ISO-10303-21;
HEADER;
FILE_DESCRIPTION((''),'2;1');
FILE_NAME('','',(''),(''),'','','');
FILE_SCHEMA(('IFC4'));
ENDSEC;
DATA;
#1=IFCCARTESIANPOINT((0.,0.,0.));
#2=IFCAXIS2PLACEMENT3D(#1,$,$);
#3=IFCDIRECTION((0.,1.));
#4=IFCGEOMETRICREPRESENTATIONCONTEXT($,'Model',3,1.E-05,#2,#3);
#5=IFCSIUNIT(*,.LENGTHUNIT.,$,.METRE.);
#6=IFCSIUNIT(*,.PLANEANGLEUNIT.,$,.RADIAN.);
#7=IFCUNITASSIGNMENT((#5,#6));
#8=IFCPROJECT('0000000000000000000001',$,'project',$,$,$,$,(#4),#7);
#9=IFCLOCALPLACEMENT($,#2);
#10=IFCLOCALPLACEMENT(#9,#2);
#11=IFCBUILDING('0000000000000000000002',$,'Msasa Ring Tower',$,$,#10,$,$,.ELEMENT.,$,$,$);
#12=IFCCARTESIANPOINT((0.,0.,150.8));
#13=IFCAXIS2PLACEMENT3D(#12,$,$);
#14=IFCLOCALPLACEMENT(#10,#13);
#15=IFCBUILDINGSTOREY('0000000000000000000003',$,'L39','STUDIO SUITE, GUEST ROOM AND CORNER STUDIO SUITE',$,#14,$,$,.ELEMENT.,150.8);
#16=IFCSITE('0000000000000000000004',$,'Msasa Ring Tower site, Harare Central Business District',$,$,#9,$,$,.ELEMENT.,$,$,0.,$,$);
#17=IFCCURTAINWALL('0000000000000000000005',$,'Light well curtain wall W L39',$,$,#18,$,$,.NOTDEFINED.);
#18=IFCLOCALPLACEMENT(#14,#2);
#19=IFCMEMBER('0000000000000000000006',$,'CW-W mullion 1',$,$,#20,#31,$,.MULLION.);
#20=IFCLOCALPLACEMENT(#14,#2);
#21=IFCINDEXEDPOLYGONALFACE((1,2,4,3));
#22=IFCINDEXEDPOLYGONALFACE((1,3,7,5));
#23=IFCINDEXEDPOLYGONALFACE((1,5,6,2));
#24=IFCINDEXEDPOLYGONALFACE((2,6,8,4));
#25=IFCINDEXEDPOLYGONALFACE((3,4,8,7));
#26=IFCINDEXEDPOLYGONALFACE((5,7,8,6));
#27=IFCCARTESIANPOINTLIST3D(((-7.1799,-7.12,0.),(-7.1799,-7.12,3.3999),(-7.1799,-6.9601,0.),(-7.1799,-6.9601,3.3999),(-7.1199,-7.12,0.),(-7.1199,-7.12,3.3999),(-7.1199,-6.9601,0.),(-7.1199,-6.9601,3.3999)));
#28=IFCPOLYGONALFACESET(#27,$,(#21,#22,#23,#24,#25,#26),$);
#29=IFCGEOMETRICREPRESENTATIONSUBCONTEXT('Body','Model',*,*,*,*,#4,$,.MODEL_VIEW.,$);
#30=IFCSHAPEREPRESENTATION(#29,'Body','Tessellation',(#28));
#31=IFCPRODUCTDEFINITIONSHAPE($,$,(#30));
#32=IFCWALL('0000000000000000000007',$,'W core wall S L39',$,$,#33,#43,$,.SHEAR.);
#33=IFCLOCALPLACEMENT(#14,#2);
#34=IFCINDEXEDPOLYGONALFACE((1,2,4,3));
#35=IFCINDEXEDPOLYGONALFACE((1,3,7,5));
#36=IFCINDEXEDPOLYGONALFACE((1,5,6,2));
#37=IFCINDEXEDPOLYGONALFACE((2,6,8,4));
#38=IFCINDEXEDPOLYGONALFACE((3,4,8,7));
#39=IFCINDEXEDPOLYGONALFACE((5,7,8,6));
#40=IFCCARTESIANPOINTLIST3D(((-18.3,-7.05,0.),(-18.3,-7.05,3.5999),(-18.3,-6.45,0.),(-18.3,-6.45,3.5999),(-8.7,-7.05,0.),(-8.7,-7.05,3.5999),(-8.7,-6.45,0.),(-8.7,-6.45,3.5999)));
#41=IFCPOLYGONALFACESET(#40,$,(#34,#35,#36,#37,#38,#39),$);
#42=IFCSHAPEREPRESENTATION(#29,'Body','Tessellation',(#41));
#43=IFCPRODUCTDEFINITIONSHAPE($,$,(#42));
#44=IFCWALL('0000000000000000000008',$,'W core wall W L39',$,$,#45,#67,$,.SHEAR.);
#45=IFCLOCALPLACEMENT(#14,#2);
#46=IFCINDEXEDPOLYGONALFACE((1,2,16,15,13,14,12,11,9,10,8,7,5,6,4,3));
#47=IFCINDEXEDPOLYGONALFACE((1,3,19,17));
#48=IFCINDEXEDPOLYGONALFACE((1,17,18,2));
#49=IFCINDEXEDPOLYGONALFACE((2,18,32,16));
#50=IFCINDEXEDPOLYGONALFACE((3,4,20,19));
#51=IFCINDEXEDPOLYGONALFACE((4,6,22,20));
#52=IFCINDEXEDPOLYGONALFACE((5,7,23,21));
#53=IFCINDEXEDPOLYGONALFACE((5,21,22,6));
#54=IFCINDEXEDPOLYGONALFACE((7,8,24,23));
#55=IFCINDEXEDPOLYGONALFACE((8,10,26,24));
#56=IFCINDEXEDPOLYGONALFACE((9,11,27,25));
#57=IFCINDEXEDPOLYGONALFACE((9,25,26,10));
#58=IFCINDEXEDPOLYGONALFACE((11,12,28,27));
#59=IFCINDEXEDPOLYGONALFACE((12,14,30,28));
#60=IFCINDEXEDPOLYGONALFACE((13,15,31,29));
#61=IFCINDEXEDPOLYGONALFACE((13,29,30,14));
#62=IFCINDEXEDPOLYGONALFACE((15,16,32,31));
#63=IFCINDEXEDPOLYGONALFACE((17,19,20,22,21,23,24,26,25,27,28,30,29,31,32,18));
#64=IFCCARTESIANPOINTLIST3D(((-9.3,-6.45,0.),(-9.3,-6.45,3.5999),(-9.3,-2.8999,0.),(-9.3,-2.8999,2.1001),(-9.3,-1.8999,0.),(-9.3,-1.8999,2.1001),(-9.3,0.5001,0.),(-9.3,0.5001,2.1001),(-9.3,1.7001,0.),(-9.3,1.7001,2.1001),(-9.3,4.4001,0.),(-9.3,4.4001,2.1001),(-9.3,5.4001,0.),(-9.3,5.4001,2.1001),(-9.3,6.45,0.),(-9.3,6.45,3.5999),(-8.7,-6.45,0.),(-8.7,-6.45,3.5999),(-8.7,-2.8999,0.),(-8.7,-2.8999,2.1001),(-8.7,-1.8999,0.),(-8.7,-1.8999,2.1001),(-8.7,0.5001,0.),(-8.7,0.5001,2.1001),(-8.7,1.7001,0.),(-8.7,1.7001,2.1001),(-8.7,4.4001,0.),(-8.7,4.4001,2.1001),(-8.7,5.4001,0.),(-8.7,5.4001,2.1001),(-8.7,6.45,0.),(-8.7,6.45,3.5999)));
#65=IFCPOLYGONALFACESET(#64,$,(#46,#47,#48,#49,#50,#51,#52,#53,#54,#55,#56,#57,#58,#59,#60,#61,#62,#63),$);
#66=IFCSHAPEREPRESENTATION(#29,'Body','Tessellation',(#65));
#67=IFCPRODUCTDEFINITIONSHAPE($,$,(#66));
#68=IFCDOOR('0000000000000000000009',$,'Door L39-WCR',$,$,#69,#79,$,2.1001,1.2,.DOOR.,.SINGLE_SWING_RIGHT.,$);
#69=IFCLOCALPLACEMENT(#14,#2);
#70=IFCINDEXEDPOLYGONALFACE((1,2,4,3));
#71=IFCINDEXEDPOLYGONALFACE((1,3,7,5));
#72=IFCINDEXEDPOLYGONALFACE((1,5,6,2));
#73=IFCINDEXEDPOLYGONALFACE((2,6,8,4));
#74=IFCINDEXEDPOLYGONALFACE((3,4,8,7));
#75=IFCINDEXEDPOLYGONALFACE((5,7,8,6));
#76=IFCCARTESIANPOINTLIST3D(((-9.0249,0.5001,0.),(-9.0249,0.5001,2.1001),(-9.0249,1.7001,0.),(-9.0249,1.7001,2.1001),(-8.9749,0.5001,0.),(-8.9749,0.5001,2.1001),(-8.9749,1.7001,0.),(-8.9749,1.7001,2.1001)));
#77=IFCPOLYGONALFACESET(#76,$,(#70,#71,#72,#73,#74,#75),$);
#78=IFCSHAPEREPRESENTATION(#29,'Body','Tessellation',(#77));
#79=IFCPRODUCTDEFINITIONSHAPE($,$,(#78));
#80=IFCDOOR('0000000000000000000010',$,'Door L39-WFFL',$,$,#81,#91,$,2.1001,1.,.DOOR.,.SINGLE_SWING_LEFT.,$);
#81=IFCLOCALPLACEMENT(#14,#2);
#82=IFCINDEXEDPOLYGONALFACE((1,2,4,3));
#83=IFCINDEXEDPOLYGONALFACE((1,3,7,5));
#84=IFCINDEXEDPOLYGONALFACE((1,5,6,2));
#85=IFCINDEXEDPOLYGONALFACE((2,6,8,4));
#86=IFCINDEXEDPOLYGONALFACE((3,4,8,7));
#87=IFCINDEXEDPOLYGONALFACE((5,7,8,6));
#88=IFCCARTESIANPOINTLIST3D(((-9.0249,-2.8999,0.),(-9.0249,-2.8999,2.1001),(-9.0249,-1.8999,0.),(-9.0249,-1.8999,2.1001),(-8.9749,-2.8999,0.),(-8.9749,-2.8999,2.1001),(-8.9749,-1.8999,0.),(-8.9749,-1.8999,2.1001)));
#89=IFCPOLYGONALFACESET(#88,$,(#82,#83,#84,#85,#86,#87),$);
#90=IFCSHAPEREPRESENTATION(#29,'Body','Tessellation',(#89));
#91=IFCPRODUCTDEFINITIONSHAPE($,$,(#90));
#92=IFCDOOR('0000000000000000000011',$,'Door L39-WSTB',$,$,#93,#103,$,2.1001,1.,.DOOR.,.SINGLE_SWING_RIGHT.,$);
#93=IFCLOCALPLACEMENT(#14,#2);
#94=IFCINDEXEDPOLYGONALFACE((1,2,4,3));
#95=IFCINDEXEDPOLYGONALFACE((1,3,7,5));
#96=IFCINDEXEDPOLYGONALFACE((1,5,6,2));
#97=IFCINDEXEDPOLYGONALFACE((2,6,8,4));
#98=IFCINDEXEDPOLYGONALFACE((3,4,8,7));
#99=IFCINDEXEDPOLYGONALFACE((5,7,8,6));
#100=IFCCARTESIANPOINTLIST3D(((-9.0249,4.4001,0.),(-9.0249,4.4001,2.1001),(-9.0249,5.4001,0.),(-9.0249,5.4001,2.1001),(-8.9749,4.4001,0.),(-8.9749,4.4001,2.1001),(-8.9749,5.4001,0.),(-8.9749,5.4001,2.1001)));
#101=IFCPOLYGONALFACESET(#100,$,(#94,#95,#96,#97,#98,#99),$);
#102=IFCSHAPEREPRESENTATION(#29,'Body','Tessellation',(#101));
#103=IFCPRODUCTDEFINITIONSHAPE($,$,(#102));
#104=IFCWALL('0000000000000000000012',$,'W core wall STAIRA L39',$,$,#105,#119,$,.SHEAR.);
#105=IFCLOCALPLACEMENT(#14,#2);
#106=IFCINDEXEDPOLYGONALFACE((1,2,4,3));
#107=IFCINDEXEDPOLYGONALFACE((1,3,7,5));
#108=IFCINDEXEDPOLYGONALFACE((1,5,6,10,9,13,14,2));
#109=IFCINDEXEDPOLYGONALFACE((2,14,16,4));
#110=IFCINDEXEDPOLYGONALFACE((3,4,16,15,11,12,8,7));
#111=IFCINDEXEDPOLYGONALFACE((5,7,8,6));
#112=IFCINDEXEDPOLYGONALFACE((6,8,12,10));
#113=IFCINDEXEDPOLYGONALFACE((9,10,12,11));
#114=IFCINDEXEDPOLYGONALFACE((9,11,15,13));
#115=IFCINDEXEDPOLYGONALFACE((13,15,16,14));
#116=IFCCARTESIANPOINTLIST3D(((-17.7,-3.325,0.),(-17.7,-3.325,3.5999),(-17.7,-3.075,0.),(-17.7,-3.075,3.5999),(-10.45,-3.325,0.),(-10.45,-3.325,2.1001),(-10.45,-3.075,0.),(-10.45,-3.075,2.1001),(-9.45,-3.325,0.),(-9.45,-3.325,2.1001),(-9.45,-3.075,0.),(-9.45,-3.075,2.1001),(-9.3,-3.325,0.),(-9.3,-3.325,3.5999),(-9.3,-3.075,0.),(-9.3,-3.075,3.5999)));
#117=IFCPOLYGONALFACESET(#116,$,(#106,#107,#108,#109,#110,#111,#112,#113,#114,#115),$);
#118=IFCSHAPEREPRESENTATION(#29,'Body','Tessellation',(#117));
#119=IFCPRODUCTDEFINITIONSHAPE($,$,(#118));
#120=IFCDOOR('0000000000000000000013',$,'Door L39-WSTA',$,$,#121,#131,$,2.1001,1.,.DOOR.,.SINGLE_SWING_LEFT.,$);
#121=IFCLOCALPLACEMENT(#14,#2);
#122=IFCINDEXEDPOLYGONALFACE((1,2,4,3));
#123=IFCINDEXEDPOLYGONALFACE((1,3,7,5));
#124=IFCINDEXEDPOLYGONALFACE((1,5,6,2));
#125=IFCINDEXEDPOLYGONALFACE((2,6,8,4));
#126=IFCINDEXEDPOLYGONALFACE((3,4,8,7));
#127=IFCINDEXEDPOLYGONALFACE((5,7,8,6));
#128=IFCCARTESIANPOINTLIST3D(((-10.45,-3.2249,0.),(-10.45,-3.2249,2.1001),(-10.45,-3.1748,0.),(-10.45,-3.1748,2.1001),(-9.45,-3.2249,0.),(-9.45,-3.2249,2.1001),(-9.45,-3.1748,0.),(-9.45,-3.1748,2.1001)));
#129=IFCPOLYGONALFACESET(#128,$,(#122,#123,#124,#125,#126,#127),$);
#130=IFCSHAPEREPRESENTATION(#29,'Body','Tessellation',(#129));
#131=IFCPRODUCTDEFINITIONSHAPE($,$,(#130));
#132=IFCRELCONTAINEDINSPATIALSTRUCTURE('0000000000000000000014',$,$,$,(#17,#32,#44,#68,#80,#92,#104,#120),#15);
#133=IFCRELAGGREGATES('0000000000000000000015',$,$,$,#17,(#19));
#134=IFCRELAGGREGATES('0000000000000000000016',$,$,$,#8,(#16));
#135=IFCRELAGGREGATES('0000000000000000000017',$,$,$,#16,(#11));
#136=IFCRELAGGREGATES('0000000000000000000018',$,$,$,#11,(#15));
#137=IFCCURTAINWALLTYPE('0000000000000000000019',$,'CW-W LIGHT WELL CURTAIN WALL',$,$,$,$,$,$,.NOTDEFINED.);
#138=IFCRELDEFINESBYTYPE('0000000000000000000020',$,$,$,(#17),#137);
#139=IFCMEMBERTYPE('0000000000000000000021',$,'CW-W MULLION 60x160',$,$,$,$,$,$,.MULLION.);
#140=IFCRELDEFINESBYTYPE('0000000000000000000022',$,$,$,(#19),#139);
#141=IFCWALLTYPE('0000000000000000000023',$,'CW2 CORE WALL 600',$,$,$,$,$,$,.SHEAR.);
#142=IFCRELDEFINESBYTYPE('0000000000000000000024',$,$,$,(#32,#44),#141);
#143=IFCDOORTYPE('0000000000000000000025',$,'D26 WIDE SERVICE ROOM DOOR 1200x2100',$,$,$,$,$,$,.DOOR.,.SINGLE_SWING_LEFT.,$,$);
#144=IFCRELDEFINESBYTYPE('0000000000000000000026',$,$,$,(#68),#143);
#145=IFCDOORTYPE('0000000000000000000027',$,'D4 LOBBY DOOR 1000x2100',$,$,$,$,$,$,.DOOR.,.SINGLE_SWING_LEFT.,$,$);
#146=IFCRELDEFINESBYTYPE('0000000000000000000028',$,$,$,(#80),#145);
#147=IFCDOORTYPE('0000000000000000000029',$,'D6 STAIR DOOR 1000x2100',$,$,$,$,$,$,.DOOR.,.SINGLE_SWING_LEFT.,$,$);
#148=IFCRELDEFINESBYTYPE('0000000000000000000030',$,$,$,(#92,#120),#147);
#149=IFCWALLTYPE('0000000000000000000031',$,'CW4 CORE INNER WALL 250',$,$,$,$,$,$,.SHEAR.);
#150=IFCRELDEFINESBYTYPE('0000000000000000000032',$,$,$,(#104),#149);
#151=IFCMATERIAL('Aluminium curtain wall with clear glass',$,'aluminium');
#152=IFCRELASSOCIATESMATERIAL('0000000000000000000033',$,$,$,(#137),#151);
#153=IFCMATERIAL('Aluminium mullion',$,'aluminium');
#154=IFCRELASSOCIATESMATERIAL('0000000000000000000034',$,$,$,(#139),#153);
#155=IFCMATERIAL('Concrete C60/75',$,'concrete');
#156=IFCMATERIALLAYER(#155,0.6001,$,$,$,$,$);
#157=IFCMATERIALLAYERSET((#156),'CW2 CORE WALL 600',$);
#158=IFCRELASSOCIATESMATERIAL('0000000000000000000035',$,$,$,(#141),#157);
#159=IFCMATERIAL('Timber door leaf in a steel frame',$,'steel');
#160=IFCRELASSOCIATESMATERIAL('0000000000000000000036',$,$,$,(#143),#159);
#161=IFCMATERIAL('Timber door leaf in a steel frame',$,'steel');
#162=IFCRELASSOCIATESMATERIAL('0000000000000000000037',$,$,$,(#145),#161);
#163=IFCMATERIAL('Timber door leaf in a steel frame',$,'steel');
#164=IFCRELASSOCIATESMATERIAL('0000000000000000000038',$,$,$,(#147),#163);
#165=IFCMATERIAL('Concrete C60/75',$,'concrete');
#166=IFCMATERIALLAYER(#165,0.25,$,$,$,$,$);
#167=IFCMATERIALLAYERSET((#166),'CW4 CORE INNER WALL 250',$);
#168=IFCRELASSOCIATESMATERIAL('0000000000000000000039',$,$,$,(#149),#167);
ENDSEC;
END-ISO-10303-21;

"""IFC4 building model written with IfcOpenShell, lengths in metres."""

from ifc_helpers import new_model, si_unit, direction, frame, frame_2d, origin, origin_2d, place, context, subcontext, project, spatial, rectangle, extrude, material, layer, layer_set, material_profile, profile_set, type_object, element, fill, aggregate, save


model = new_model("IFC4")

# Units and contexts
model_context = context("Model", 3, precision=1e-05, world=origin(), true_north=direction((0.0, 1.0)))
body_context = subcontext(model_context, "Body", "Model", "MODEL_VIEW")
ifc_project = project(units=[si_unit("LENGTHUNIT", "METRE"), si_unit("PLANEANGLEUNIT", "RADIAN")], contexts=[model_context])

# Site, building, storey
site_placement = place(None, origin())
site = spatial("IfcSite", under=ifc_project, at=site_placement, Name="Msasa Ring Tower site, Harare Central Business District", CompositionType="ELEMENT", RefElevation=0.0)
building_placement = place(site_placement, origin())
building = spatial("IfcBuilding", under=site, at=building_placement, Name="Msasa Ring Tower", CompositionType="ELEMENT")
storey_placement = place(building_placement, frame((0.0, 0.0, 150.8)))
storey = spatial("IfcBuildingStorey", under=building, at=storey_placement, Name="L39", Description="STUDIO SUITE, GUEST ROOM AND CORNER STUDIO SUITE", CompositionType="ELEMENT", Elevation=150.8)

# Curtain wall, member
ifc_material_1 = material(Name="Aluminium curtain wall with clear glass", Category="aluminium")
curtain_wall_type = type_object("IfcCurtainWallType", Name="CW-W LIGHT WELL CURTAIN WALL", PredefinedType="NOTDEFINED", material=ifc_material_1)
curtain_wall_placement = place(storey_placement, origin())
curtain_wall = element("IfcCurtainWall", 1, at=curtain_wall_placement, inside=storey, type_object=curtain_wall_type, Name="Light well curtain wall W L39", PredefinedType="NOTDEFINED")
ifc_material_2 = material(Name="Aluminium mullion", Category="aluminium")
ifc_material_profile = material_profile(ifc_material_2, rectangle(XDim=0.0601, YDim=0.1599, at=origin_2d()), Name="AL 60x160")
ifc_profile_set = profile_set([ifc_material_profile], Name="Aluminium mullion")
member_type = type_object("IfcMemberType", Name="CW-W MULLION 60x160", PredefinedType="MULLION", material=ifc_profile_set)
member_placement = place(storey_placement, frame((-7.1499, -7.04, 0.0), z_axis=(0.0, 0.0, 1.0), x_axis=(-1.0, 0.0, 0.0)))
member = element("IfcMember", 2, at=member_placement, type_object=member_type, Name="CW-W mullion 1", PredefinedType="MULLION", context=body_context, shape_type="SweptSolid", body=[
    extrude(rectangle(XDim=0.0601, YDim=0.1599, at=origin_2d()), origin(), (0.0, 0.0, 1.0), 3.3999),
])
aggregate(curtain_wall, [member])

# Wall
ifc_material_3 = material(Name="Concrete C60/75", Category="concrete")
ifc_layer_1 = layer(ifc_material_3, 0.6001)
ifc_layer_set_1 = layer_set([ifc_layer_1], Name="CW2 CORE WALL 600")
wall_type_1 = type_object("IfcWallType", Name="CW2 CORE WALL 600", PredefinedType="SHEAR", material=ifc_layer_set_1)
wall_1_placement = place(storey_placement, frame((-8.7, -6.75, 0.0), z_axis=(0.0, 0.0, 1.0), x_axis=(-1.0, 0.0, 0.0)))
element("IfcWall", 3, at=wall_1_placement, inside=storey, type_object=wall_type_1, Name="W core wall S L39", PredefinedType="SHEAR", context=body_context, shape_type="SweptSolid", body=[
    extrude(rectangle(XDim=9.6001, YDim=0.6001, at=frame_2d((4.8, 0.0))), origin(), (0.0, 0.0, 1.0), 3.5999),
])

# Wall, openings, doors
wall_2_placement = place(storey_placement, frame((-9.0, -6.45, 0.0), z_axis=(0.0, 0.0, 1.0), x_axis=(0.0, 1.0, 0.0)))
wall_2 = element("IfcWall", 4, at=wall_2_placement, inside=storey, type_object=wall_type_1, Name="W core wall W L39", PredefinedType="SHEAR", context=body_context, shape_type="SweptSolid", body=[
    extrude(rectangle(XDim=12.8999, YDim=0.6001, at=frame_2d((6.45, 0.0))), origin(), (0.0, 0.0, 1.0), 3.5999),
])
opening_1_placement = place(wall_2_placement, frame((3.55, 0.0, 0.0)))
opening_1 = element("IfcOpeningElement", 5, at=opening_1_placement, cuts=wall_2, PredefinedType="OPENING", context=body_context, shape_type="SweptSolid", body=[
    extrude(rectangle(XDim=1.0, YDim=2.1001, at=frame_2d((0.5, 1.05))), frame((0.0, 0.3101, 0.0), z_axis=(0.0, -1.0, 0.0), x_axis=(1.0, 0.0, 0.0)), (0.0, 0.0, 1.0), 0.6201),
])
opening_2_placement = place(wall_2_placement, frame((6.95, 0.0, 0.0)))
opening_2 = element("IfcOpeningElement", 6, at=opening_2_placement, cuts=wall_2, PredefinedType="OPENING", context=body_context, shape_type="SweptSolid", body=[
    extrude(rectangle(XDim=1.2, YDim=2.1001, at=frame_2d((0.6001, 1.05))), frame((0.0, 0.3101, 0.0), z_axis=(0.0, -1.0, 0.0), x_axis=(1.0, 0.0, 0.0)), (0.0, 0.0, 1.0), 0.6201),
])
opening_3_placement = place(wall_2_placement, frame((10.8501, 0.0, 0.0)))
opening_3 = element("IfcOpeningElement", 7, at=opening_3_placement, cuts=wall_2, PredefinedType="OPENING", context=body_context, shape_type="SweptSolid", body=[
    extrude(rectangle(XDim=1.0, YDim=2.1001, at=frame_2d((0.5, 1.05))), frame((0.0, 0.3101, 0.0), z_axis=(0.0, -1.0, 0.0), x_axis=(1.0, 0.0, 0.0)), (0.0, 0.0, 1.0), 0.6201),
])
ifc_material_4 = material(Name="Timber door leaf in a steel frame", Category="steel")
door_type_1 = type_object("IfcDoorType", Name="D26 WIDE SERVICE ROOM DOOR 1200x2100", OperationType="SINGLE_SWING_LEFT", PredefinedType="DOOR", material=ifc_material_4)
door_1_placement = place(opening_2_placement, origin())
door_1 = element("IfcDoor", 8, at=door_1_placement, inside=storey, type_object=door_type_1, Name="Door L39-WCR", OperationType="SINGLE_SWING_RIGHT", OverallHeight=2.1001, OverallWidth=1.2, PredefinedType="DOOR", context=body_context, shape_type="SweptSolid", body=[
    extrude(rectangle(XDim=1.2, YDim=2.1001, at=frame_2d((0.6001, 1.05))), frame((0.0, 0.0249, 0.0), z_axis=(0.0, -1.0, 0.0), x_axis=(1.0, 0.0, 0.0)), (0.0, 0.0, 1.0), 0.05),
])
fill(opening_2, door_1)
ifc_material_5 = material(Name="Timber door leaf in a steel frame", Category="steel")
door_type_2 = type_object("IfcDoorType", Name="D4 LOBBY DOOR 1000x2100", OperationType="SINGLE_SWING_LEFT", PredefinedType="DOOR", material=ifc_material_5)
door_2_placement = place(opening_1_placement, origin())
door_2 = element("IfcDoor", 9, at=door_2_placement, inside=storey, type_object=door_type_2, Name="Door L39-WFFL", OperationType="SINGLE_SWING_LEFT", OverallHeight=2.1001, OverallWidth=1.0, PredefinedType="DOOR", context=body_context, shape_type="SweptSolid", body=[
    extrude(rectangle(XDim=1.0, YDim=2.1001, at=frame_2d((0.5, 1.05))), frame((0.0, 0.0249, 0.0), z_axis=(0.0, -1.0, 0.0), x_axis=(1.0, 0.0, 0.0)), (0.0, 0.0, 1.0), 0.05),
])
fill(opening_1, door_2)
ifc_material_6 = material(Name="Timber door leaf in a steel frame", Category="steel")
door_type_3 = type_object("IfcDoorType", Name="D6 STAIR DOOR 1000x2100", OperationType="SINGLE_SWING_LEFT", PredefinedType="DOOR", material=ifc_material_6)
door_3_placement = place(opening_3_placement, origin())
door_3 = element("IfcDoor", 10, at=door_3_placement, inside=storey, type_object=door_type_3, Name="Door L39-WSTB", OperationType="SINGLE_SWING_RIGHT", OverallHeight=2.1001, OverallWidth=1.0, PredefinedType="DOOR", context=body_context, shape_type="SweptSolid", body=[
    extrude(rectangle(XDim=1.0, YDim=2.1001, at=frame_2d((0.5, 1.05))), frame((0.0, 0.0249, 0.0), z_axis=(0.0, -1.0, 0.0), x_axis=(1.0, 0.0, 0.0)), (0.0, 0.0, 1.0), 0.05),
])
fill(opening_3, door_3)

# Wall, opening, door
ifc_material_7 = material(Name="Concrete C60/75", Category="concrete")
ifc_layer_2 = layer(ifc_material_7, 0.25)
ifc_layer_set_2 = layer_set([ifc_layer_2], Name="CW4 CORE INNER WALL 250")
wall_type_2 = type_object("IfcWallType", Name="CW4 CORE INNER WALL 250", PredefinedType="SHEAR", material=ifc_layer_set_2)
wall_3_placement = place(storey_placement, frame((-9.3, -3.2, 0.0), z_axis=(0.0, 0.0, 1.0), x_axis=(-1.0, 0.0, 0.0)))
wall_3 = element("IfcWall", 11, at=wall_3_placement, inside=storey, type_object=wall_type_2, Name="W core wall STAIRA L39", PredefinedType="SHEAR", context=body_context, shape_type="SweptSolid", body=[
    extrude(rectangle(XDim=8.3999, YDim=0.25, at=frame_2d((4.2, 0.0))), origin(), (0.0, 0.0, 1.0), 3.5999),
])
opening_4_placement = place(wall_3_placement, frame((0.1499, 0.0, 0.0)))
opening_4 = element("IfcOpeningElement", 12, at=opening_4_placement, cuts=wall_3, PredefinedType="OPENING", context=body_context, shape_type="SweptSolid", body=[
    extrude(rectangle(XDim=1.0, YDim=2.1001, at=frame_2d((0.5, 1.05))), frame((0.0, 0.135, 0.0), z_axis=(0.0, -1.0, 0.0), x_axis=(1.0, 0.0, 0.0)), (0.0, 0.0, 1.0), 0.27),
])
door_4_placement = place(opening_4_placement, origin())
door_4 = element("IfcDoor", 13, at=door_4_placement, inside=storey, type_object=door_type_3, Name="Door L39-WSTA", OperationType="SINGLE_SWING_LEFT", OverallHeight=2.1001, OverallWidth=1.0, PredefinedType="DOOR", context=body_context, shape_type="SweptSolid", body=[
    extrude(rectangle(XDim=1.0, YDim=2.1001, at=frame_2d((0.5, 1.05))), frame((0.0, 0.0249, 0.0), z_axis=(0.0, -1.0, 0.0), x_axis=(1.0, 0.0, 0.0)), (0.0, 0.0, 1.0), 0.05),
])
fill(opening_4, door_4)

save(model, "model.ifc")
